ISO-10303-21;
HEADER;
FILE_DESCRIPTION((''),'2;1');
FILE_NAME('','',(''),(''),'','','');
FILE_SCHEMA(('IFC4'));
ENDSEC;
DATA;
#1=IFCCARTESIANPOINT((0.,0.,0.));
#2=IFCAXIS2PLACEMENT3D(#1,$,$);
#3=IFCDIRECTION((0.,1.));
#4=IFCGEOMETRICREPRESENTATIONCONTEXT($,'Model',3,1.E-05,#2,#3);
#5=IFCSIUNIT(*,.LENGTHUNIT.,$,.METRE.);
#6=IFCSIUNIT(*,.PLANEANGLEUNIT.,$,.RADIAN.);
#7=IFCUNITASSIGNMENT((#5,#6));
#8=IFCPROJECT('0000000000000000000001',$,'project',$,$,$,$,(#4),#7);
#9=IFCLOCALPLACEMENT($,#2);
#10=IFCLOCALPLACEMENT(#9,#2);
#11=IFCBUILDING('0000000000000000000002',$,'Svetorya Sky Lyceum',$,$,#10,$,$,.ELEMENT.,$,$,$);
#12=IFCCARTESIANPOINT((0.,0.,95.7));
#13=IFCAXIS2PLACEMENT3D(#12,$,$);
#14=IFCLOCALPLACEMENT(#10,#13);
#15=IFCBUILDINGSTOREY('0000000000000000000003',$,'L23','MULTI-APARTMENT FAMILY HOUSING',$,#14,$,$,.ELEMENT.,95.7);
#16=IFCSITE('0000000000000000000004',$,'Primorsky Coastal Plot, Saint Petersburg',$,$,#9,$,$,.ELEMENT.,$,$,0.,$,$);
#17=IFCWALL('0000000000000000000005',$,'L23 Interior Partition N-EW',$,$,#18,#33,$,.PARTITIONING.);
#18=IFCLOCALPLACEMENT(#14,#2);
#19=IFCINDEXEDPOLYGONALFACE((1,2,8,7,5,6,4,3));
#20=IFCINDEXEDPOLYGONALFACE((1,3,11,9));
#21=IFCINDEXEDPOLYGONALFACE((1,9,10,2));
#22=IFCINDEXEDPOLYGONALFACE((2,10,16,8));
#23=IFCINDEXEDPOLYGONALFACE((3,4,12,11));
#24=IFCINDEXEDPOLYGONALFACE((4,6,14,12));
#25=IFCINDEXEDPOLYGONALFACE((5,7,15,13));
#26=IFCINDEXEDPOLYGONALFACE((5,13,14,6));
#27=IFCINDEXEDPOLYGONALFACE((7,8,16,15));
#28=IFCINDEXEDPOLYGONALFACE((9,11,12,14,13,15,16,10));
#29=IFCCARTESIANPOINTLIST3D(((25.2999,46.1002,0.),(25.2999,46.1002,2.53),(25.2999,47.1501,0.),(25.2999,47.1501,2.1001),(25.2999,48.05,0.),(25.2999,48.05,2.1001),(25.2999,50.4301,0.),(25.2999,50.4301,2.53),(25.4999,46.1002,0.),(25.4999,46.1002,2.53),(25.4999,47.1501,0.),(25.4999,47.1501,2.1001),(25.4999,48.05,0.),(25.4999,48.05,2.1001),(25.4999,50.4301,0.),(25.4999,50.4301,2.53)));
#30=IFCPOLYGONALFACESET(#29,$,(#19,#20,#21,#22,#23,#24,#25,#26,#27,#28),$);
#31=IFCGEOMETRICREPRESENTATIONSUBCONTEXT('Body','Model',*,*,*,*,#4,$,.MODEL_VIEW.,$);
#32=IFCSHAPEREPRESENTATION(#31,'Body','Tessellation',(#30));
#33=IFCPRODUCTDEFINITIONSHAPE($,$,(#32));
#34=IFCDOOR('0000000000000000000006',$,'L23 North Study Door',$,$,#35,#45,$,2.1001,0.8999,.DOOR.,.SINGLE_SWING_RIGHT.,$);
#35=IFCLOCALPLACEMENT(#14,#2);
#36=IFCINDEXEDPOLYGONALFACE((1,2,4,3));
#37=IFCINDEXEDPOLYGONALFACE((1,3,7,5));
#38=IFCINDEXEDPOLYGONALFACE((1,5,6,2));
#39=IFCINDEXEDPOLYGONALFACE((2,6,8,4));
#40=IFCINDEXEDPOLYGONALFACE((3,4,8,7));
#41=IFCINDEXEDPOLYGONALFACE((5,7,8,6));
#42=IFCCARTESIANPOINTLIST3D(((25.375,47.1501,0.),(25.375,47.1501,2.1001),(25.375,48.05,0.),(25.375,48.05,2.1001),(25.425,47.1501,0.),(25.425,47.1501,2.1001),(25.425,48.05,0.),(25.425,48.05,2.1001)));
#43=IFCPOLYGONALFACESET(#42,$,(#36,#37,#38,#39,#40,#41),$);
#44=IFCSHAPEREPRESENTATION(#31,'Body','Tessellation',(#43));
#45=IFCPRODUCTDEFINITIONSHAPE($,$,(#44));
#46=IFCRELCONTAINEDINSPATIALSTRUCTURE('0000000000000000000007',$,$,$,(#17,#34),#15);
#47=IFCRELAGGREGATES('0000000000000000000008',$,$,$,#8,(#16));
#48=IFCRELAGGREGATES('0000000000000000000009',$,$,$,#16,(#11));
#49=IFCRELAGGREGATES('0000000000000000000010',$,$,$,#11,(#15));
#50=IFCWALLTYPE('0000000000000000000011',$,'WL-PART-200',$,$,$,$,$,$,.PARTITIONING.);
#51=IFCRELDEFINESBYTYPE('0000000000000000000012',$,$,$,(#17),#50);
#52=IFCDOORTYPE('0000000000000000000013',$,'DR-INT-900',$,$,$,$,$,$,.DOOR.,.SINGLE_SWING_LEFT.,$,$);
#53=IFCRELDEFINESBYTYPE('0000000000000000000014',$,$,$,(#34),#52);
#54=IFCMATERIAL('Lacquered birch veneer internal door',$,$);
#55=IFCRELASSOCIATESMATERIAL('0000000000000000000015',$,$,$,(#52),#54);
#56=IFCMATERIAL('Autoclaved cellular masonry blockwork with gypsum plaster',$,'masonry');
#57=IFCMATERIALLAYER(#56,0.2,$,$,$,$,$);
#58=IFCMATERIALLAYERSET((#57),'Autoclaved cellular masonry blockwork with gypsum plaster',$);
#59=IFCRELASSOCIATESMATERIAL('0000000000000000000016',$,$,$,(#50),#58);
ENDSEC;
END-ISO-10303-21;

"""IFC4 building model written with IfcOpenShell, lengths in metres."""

from ifc_helpers import new_model, si_unit, direction, frame, frame_2d, origin, place, context, subcontext, project, spatial, rectangle, extrude, material, layer, layer_set, type_object, element, fill, save


model = new_model("IFC4")

# Units and contexts
model_context = context("Model", 3, precision=1e-05, world=origin(), true_north=direction((0.0, 1.0)))
body_context = subcontext(model_context, "Body", "Model", "MODEL_VIEW")
ifc_project = project(units=[si_unit("LENGTHUNIT", "METRE"), si_unit("PLANEANGLEUNIT", "RADIAN")], contexts=[model_context])

# Site, building, storey
site_placement = place(None, origin())
site = spatial("IfcSite", under=ifc_project, at=site_placement, Name="Primorsky Coastal Plot, Saint Petersburg", CompositionType="ELEMENT", RefElevation=0.0)
building_placement = place(site_placement, origin())
building = spatial("IfcBuilding", under=site, at=building_placement, Name="Svetorya Sky Lyceum", CompositionType="ELEMENT")
storey_placement = place(building_placement, frame((0.0, 0.0, 95.7)))
storey = spatial("IfcBuildingStorey", under=building, at=storey_placement, Name="L23", Description="MULTI-APARTMENT FAMILY HOUSING", CompositionType="ELEMENT", Elevation=95.7)

# Shared definitions
ifc_material_1 = material(Name="Lacquered birch veneer internal door")
door_type_1 = type_object("IfcDoorType", Name="DR-INT-900", OperationType="SINGLE_SWING_LEFT", PredefinedType="DOOR", material=ifc_material_1)

# Shared definitions
ifc_material_2 = material(Name="Autoclaved cellular masonry blockwork with gypsum plaster", Category="masonry")
ifc_layer_1 = layer(ifc_material_2, 0.2)
ifc_layer_set_1 = layer_set([ifc_layer_1], Name="Autoclaved cellular masonry blockwork with gypsum plaster")
wall_type_1 = type_object("IfcWallType", Name="WL-PART-200", PredefinedType="PARTITIONING", material=ifc_layer_set_1)

# Wall, opening, door
wall_1_placement = place(storey_placement, frame((25.3999, 46.1001, 0.0), z_axis=(0.0, 0.0, 1.0), x_axis=(0.0, 1.0, 0.0)))
wall_1 = element("IfcWall", 1, at=wall_1_placement, inside=storey, type_object=wall_type_1, Name="L23 Interior Partition N-EW", PredefinedType="PARTITIONING", context=body_context, shape_type="SweptSolid", body=[
    extrude(rectangle(XDim=4.3298, YDim=0.2, at=frame_2d((2.165, 0.0))), origin(), (0.0, 0.0, 1.0), 2.53),
])
opening_1_placement = place(wall_1_placement, frame((1.05, 0.0, 0.0)))
opening_1 = element("IfcOpeningElement", 2, at=opening_1_placement, cuts=wall_1, PredefinedType="OPENING", context=body_context, shape_type="SweptSolid", body=[
    extrude(rectangle(XDim=0.8999, YDim=2.1001, at=frame_2d((0.45, 1.05))), frame((0.0, 0.1099, 0.0), z_axis=(0.0, -1.0, 0.0), x_axis=(1.0, 0.0, 0.0)), (0.0, 0.0, 1.0), 0.22),
])
door_1_placement = place(opening_1_placement, origin())
door_1 = element("IfcDoor", 3, at=door_1_placement, inside=storey, type_object=door_type_1, Name="L23 North Study Door", OperationType="SINGLE_SWING_RIGHT", OverallHeight=2.1001, OverallWidth=0.8999, PredefinedType="DOOR", context=body_context, shape_type="SweptSolid", body=[
    extrude(rectangle(XDim=0.8999, YDim=2.1001, at=frame_2d((0.45, 1.05))), frame((0.0, 0.0249, 0.0), z_axis=(0.0, -1.0, 0.0), x_axis=(1.0, 0.0, 0.0)), (0.0, 0.0, 1.0), 0.05),
])
fill(opening_1, door_1)

save(model, "model.ifc")
